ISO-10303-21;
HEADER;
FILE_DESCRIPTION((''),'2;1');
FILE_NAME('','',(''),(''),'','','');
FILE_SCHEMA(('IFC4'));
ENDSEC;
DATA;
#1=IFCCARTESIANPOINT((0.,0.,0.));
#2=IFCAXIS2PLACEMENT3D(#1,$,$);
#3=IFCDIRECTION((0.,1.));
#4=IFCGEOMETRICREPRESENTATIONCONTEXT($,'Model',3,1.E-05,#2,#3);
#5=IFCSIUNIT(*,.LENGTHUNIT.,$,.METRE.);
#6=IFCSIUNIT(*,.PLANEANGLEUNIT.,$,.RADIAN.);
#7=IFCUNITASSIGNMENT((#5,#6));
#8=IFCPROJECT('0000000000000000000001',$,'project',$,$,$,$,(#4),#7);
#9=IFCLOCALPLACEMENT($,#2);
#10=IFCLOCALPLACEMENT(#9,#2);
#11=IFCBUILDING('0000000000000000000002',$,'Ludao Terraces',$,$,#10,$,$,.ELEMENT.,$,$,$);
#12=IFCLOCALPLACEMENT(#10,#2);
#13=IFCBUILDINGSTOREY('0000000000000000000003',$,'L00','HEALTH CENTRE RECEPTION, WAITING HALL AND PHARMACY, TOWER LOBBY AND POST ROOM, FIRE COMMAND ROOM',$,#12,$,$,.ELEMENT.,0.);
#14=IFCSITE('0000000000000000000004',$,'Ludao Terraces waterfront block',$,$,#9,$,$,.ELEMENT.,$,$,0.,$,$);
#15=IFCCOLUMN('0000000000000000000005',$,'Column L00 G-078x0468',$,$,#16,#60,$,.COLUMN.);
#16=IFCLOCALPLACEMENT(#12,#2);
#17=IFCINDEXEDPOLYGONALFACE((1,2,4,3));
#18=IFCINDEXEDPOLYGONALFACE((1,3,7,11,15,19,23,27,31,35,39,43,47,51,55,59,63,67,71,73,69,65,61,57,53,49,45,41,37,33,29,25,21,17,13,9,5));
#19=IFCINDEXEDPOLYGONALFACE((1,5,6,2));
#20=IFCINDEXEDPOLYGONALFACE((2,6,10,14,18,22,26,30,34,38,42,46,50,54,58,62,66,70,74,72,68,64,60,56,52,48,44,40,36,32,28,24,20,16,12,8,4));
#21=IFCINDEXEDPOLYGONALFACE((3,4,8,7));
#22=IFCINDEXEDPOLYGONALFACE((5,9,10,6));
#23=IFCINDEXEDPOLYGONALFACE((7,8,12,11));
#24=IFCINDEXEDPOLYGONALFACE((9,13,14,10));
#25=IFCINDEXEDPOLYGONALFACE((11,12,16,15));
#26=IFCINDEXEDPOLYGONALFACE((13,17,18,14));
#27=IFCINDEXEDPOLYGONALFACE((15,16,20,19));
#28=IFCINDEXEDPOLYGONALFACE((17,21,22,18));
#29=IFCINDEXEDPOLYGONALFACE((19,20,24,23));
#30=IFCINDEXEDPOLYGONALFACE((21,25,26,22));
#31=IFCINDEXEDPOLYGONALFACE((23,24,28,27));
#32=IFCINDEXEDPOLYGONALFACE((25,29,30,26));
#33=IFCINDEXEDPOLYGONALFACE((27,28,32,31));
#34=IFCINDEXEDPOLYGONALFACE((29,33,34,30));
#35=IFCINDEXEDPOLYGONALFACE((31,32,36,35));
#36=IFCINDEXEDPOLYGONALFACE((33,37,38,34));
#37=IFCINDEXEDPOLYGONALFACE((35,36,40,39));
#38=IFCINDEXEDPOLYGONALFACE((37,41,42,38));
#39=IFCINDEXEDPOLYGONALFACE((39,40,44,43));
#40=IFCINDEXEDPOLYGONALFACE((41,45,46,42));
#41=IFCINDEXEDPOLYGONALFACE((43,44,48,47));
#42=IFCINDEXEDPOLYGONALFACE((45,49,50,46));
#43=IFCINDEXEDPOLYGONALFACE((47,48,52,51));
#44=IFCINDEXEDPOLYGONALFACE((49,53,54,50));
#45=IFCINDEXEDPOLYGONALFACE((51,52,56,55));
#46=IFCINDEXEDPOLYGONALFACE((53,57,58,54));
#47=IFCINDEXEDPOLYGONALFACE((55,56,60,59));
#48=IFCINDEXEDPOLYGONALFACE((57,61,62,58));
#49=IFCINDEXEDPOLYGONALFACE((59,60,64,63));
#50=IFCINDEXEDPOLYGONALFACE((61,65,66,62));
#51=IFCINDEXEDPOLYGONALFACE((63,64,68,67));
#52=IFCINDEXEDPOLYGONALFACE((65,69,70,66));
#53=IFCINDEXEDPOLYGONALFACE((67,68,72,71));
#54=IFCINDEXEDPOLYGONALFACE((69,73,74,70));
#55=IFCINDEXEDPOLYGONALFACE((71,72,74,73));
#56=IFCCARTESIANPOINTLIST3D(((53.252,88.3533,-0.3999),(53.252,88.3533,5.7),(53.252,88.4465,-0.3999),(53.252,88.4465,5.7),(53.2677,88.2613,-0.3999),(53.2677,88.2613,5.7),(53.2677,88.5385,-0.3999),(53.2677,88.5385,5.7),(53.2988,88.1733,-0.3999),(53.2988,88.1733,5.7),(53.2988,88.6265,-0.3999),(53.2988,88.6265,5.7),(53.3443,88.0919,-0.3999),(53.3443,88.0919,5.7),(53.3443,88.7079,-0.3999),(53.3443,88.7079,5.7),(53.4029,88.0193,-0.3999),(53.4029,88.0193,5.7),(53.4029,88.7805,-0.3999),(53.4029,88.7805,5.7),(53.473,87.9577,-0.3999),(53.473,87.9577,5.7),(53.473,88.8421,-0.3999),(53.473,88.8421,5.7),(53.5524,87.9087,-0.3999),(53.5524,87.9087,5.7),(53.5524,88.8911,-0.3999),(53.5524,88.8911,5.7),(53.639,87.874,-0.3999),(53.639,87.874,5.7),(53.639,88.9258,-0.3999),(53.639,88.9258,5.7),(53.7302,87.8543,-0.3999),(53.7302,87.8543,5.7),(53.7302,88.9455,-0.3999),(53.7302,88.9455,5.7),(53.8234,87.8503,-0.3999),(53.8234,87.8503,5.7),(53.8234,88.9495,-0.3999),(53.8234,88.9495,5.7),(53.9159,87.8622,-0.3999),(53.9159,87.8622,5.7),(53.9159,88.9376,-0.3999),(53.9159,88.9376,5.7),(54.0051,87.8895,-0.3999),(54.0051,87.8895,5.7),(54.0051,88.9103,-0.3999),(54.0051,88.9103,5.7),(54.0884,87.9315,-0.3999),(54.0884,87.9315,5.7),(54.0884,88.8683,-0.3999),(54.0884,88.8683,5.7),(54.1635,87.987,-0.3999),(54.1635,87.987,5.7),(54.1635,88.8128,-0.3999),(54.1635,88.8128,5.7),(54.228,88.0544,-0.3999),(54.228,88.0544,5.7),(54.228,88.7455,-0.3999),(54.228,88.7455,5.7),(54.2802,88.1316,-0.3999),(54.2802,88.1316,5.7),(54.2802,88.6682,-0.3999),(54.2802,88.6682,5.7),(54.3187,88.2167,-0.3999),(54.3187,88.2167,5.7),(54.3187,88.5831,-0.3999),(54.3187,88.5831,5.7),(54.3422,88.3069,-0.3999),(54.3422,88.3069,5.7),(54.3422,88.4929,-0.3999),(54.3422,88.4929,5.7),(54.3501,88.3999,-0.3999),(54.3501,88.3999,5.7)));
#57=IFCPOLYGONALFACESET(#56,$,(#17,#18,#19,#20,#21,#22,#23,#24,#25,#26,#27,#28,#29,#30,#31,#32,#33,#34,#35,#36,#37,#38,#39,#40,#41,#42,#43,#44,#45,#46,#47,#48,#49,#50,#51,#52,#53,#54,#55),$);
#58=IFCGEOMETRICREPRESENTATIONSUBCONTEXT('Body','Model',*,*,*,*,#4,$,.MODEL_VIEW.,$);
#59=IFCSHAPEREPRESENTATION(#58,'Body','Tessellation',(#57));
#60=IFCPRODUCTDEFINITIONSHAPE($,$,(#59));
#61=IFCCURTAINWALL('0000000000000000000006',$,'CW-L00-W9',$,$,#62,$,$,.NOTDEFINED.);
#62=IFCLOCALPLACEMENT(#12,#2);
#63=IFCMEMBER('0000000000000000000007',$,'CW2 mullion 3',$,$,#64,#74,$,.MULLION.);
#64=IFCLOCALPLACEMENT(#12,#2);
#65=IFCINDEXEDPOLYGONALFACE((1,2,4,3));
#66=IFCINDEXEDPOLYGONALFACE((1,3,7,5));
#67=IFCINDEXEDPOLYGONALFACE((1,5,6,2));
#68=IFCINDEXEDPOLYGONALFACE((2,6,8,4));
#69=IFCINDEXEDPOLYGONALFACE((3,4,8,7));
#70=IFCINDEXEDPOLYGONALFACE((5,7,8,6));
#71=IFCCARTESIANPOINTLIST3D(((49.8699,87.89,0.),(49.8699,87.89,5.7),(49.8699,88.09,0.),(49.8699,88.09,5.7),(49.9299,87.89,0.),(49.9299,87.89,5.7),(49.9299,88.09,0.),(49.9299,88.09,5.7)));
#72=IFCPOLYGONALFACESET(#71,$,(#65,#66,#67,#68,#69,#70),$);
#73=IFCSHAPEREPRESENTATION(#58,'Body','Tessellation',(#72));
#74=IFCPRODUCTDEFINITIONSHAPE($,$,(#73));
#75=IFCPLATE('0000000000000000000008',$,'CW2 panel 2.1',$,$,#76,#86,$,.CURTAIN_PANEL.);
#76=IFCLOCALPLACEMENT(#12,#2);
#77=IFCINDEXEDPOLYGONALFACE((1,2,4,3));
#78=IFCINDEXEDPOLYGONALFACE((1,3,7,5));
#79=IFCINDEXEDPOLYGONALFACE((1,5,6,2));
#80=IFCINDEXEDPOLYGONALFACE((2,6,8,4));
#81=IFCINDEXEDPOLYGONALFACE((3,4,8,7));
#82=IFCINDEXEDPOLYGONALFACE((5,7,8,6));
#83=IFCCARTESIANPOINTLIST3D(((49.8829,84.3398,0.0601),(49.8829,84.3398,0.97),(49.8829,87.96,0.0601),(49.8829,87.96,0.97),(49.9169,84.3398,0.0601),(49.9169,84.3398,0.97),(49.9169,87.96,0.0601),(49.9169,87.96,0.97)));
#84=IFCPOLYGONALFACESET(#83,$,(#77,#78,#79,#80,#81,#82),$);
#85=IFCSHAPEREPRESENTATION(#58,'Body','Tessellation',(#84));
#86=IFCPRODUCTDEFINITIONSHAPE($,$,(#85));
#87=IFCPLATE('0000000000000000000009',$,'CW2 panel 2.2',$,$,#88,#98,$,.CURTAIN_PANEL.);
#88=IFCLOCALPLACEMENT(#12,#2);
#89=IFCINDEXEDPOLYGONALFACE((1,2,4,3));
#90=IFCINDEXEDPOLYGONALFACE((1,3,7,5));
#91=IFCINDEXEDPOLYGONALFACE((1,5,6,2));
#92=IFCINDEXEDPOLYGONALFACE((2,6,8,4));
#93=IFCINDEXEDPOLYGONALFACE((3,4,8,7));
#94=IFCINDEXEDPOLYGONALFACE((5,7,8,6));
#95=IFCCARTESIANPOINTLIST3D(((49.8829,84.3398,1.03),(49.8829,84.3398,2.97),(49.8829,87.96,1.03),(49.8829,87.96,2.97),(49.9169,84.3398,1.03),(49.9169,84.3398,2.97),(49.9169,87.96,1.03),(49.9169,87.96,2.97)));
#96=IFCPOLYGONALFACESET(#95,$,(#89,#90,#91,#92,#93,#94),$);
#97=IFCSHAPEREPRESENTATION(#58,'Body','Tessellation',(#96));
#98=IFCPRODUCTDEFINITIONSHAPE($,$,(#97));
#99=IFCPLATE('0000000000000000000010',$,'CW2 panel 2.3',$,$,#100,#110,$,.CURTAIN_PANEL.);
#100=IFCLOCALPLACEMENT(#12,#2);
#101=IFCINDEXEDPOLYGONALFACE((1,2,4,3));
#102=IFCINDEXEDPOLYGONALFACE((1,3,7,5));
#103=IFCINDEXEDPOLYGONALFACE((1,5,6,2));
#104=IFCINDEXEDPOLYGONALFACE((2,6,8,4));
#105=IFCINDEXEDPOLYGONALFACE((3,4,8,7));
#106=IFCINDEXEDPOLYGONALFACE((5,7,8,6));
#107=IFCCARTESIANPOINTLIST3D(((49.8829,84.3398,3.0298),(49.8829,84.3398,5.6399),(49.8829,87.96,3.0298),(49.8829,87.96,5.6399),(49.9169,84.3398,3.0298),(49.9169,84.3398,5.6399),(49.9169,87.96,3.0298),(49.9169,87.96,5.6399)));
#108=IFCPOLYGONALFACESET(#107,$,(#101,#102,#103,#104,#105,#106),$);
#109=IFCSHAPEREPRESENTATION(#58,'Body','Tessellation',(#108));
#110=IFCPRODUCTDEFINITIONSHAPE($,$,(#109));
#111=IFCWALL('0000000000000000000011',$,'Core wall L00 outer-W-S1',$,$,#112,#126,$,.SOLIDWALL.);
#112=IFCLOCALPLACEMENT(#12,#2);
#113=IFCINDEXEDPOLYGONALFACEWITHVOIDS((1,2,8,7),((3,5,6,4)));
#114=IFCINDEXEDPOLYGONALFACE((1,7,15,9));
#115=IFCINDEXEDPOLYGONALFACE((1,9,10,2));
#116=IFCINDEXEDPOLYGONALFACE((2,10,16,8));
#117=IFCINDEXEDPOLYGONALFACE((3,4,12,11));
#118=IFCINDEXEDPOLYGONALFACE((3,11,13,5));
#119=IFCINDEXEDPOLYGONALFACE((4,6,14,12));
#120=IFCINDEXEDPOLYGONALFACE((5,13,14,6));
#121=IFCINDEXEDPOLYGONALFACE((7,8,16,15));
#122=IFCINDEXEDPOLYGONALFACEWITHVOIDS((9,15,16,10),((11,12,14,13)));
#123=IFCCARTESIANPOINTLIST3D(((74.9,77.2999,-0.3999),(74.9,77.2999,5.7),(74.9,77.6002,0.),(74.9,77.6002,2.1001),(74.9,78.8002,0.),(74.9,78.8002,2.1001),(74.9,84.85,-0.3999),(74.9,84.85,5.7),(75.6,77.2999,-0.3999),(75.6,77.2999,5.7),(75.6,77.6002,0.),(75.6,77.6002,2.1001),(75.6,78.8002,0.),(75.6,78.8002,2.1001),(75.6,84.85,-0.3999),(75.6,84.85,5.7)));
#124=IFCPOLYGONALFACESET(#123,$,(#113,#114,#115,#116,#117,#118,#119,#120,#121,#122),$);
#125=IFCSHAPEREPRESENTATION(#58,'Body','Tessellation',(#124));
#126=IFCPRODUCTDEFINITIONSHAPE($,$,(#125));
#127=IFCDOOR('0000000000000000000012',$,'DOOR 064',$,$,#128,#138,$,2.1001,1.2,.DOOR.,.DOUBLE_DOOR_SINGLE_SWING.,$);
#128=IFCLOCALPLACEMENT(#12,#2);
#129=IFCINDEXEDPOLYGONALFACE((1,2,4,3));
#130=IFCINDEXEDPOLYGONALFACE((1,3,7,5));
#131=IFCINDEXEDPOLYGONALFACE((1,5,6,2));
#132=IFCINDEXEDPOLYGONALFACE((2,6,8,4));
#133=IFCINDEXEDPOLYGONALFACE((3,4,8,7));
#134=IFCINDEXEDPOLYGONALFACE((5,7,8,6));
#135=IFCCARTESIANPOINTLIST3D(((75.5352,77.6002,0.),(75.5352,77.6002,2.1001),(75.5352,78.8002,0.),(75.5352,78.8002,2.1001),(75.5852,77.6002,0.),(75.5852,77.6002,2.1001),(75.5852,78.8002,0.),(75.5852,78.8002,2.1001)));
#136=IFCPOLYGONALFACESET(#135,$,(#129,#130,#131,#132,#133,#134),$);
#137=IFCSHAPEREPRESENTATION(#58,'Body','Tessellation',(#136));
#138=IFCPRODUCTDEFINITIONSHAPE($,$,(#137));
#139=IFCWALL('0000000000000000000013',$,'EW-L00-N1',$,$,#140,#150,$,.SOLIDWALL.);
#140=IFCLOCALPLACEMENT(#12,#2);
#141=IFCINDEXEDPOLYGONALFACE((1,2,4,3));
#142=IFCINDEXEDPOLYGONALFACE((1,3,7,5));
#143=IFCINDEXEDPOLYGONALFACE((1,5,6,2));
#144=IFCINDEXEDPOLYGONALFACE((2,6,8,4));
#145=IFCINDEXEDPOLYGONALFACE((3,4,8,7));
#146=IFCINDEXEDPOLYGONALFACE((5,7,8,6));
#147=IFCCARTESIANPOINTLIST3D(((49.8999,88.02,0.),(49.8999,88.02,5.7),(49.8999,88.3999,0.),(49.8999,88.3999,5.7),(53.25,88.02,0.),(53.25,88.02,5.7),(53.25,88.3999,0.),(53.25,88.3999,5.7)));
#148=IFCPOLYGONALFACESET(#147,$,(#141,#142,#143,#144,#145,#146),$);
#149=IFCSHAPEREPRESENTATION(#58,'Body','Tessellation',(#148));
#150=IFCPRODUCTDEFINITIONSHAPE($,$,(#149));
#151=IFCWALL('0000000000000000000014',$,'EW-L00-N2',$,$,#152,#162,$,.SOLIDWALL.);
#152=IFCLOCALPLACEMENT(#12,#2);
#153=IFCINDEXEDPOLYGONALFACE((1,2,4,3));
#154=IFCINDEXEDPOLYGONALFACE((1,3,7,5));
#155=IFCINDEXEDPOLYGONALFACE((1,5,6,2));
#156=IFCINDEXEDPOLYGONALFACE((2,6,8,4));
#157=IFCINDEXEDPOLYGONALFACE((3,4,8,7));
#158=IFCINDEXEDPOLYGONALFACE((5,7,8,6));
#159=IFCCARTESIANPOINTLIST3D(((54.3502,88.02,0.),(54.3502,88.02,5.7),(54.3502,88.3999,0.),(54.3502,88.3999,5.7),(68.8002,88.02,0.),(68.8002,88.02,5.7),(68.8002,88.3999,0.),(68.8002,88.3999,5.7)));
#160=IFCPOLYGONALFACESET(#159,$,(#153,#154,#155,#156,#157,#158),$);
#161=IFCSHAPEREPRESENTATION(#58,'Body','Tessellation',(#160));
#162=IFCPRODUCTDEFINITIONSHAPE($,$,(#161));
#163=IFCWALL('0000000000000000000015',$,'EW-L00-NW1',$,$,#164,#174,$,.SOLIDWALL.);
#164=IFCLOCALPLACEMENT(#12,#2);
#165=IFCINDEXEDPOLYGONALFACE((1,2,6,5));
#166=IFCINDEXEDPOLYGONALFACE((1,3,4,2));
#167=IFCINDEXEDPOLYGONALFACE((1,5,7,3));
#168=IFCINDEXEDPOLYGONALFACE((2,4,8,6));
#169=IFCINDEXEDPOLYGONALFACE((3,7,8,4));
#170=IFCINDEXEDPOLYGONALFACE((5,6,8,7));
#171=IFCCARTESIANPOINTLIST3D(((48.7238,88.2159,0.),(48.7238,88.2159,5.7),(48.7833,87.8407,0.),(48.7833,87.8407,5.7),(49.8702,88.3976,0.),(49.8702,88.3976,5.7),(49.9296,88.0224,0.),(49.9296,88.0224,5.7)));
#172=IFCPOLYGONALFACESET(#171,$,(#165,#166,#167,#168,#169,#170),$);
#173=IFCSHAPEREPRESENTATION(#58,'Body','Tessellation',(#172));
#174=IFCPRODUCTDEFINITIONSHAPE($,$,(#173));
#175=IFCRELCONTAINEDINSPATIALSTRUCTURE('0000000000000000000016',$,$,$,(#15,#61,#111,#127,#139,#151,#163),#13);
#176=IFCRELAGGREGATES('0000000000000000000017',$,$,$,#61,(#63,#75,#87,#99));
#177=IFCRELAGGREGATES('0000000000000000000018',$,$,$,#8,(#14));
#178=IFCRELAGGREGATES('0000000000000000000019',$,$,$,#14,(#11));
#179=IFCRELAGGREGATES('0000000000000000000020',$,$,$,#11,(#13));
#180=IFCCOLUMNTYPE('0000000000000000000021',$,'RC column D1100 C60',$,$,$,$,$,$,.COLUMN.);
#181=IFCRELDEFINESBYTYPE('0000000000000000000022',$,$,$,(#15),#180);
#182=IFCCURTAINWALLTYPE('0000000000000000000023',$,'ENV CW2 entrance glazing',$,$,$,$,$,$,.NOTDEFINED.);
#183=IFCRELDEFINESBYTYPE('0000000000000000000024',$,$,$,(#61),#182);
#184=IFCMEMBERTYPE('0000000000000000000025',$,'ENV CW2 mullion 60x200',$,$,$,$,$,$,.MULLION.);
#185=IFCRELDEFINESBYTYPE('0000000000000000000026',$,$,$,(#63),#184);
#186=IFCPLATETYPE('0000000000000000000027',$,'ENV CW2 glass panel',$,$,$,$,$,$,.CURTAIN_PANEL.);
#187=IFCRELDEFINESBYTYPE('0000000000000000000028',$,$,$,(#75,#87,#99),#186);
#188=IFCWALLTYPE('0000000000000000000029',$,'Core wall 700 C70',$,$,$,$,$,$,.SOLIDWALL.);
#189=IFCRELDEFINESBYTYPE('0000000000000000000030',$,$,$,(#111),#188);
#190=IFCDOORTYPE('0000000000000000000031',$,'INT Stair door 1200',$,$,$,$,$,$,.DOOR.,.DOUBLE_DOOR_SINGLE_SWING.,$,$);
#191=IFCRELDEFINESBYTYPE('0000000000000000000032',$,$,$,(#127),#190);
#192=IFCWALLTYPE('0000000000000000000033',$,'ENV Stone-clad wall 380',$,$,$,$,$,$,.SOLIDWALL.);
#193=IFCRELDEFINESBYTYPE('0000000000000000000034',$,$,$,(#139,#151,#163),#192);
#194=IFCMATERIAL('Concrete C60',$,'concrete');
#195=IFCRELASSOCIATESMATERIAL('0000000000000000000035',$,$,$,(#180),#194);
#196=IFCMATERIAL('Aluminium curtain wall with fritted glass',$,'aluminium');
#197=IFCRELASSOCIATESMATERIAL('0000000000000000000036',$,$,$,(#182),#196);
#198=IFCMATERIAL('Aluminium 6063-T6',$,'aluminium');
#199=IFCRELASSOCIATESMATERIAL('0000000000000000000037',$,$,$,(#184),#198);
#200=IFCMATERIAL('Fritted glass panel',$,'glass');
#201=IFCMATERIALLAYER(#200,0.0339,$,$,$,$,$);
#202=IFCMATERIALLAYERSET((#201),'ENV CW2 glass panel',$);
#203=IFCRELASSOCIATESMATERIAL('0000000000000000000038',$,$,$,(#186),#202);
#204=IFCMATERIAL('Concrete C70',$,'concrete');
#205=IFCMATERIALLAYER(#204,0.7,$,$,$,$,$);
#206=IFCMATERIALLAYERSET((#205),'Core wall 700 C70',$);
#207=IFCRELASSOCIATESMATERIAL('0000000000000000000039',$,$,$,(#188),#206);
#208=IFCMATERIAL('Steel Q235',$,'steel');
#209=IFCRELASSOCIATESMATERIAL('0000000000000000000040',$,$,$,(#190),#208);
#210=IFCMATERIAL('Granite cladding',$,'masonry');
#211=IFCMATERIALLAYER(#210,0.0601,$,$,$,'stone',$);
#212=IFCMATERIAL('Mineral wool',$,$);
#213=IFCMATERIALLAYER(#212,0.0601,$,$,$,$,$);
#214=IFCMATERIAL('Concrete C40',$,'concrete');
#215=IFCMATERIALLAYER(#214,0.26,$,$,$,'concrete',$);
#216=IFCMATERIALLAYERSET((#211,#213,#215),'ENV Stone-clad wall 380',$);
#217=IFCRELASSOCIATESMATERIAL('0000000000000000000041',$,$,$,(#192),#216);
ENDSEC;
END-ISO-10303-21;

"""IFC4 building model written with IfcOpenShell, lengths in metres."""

from ifc_helpers import new_model, si_unit, direction, frame, frame_2d, origin, origin_2d, place, context, subcontext, project, spatial, rectangle, circle, extrude, material, layer, layer_set, material_profile, profile_set, type_object, element, fill, aggregate, save


model = new_model("IFC4")

# Units and contexts
model_context = context("Model", 3, precision=1e-05, world=origin(), true_north=direction((0.0, 1.0)))
body_context = subcontext(model_context, "Body", "Model", "MODEL_VIEW")
ifc_project = project(units=[si_unit("LENGTHUNIT", "METRE"), si_unit("PLANEANGLEUNIT", "RADIAN")], contexts=[model_context])

# Site, building, storey
site_placement = place(None, origin())
site = spatial("IfcSite", under=ifc_project, at=site_placement, Name="Ludao Terraces waterfront block", CompositionType="ELEMENT", RefElevation=0.0)
building_placement = place(site_placement, origin())
building = spatial("IfcBuilding", under=site, at=building_placement, Name="Ludao Terraces", CompositionType="ELEMENT")
storey_placement = place(building_placement, origin())
storey = spatial("IfcBuildingStorey", under=building, at=storey_placement, Name="L00", Description="HEALTH CENTRE RECEPTION, WAITING HALL AND PHARMACY, TOWER LOBBY AND POST ROOM, FIRE COMMAND ROOM", CompositionType="ELEMENT", Elevation=0.0)

# Column
ifc_material_1 = material(Name="Concrete C60", Category="concrete")
ifc_material_profile_1 = material_profile(ifc_material_1, circle(Radius=0.55, at=origin_2d()), Name="D1100")
ifc_profile_set_1 = profile_set([ifc_material_profile_1], Name="Concrete C60")
column_type_1 = type_object("IfcColumnType", Name="RC column D1100 C60", PredefinedType="COLUMN", material=ifc_profile_set_1)
for number, where, z_axis, x_axis, name in (
    (1, (53.8, 88.3999, -0.3999), (0.0, 0.0, 1.0), (1.0, 0.0, 0.0), "Column L00 G-078x0468"),
):
    element("IfcColumn", number, at=place(storey_placement, frame(where, z_axis=z_axis, x_axis=x_axis)), inside=storey, type_object=column_type_1, Name=name, PredefinedType="COLUMN", context=body_context, shape_type="SweptSolid", body=[
        extrude(circle(Radius=0.55, at=origin_2d()), origin(), (0.0, 0.0, 1.0), 6.0999),
    ])

# Curtain wall, member, plates
ifc_material_2 = material(Name="Aluminium curtain wall with fritted glass", Category="aluminium")
curtain_wall_type = type_object("IfcCurtainWallType", Name="ENV CW2 entrance glazing", PredefinedType="NOTDEFINED", material=ifc_material_2)
curtain_wall_placement = place(storey_placement, origin())
curtain_wall = element("IfcCurtainWall", 2, at=curtain_wall_placement, inside=storey, type_object=curtain_wall_type, Name="CW-L00-W9", PredefinedType="NOTDEFINED")
ifc_material_3 = material(Name="Aluminium 6063-T6", Category="aluminium")
ifc_material_profile_2 = material_profile(ifc_material_3, rectangle(XDim=0.0601, YDim=0.2, at=origin_2d()), Name="60 X 200")
ifc_profile_set_2 = profile_set([ifc_material_profile_2], Name="Aluminium 6063-T6")
member_type = type_object("IfcMemberType", Name="ENV CW2 mullion 60x200", PredefinedType="MULLION", material=ifc_profile_set_2)
member_placement = place(storey_placement, frame((49.8999, 87.99, 0.0), z_axis=(0.0, 0.0, 1.0), x_axis=(-1.0, 0.0, 0.0)))
member = element("IfcMember", 3, at=member_placement, type_object=member_type, Name="CW2 mullion 3", PredefinedType="MULLION", context=body_context, shape_type="SweptSolid", body=[
    extrude(rectangle(XDim=0.0601, YDim=0.2, at=origin_2d()), origin(), (0.0, 0.0, 1.0), 5.7),
])
ifc_material_4 = material(Name="Fritted glass panel", Category="glass")
ifc_layer_1 = layer(ifc_material_4, 0.0339)
ifc_layer_set_1 = layer_set([ifc_layer_1], Name="ENV CW2 glass panel")
plate_type = type_object("IfcPlateType", Name="ENV CW2 glass panel", PredefinedType="CURTAIN_PANEL", material=ifc_layer_set_1)
plate_1_placement = place(storey_placement, frame((49.8999, 86.1499, 0.0601), z_axis=(0.0, 0.0, 1.0), x_axis=(0.0, 1.0, 0.0)))
plate_1 = element("IfcPlate", 4, at=plate_1_placement, type_object=plate_type, Name="CW2 panel 2.1", PredefinedType="CURTAIN_PANEL", context=body_context, shape_type="SweptSolid", body=[
    extrude(rectangle(XDim=3.6201, YDim=0.0339, at=origin_2d()), origin(), (0.0, 0.0, 1.0), 0.9099),
])
plate_2_placement = place(storey_placement, frame((49.8999, 86.1499, 1.03), z_axis=(0.0, 0.0, 1.0), x_axis=(0.0, 1.0, 0.0)))
plate_2 = element("IfcPlate", 5, at=plate_2_placement, type_object=plate_type, Name="CW2 panel 2.2", PredefinedType="CURTAIN_PANEL", context=body_context, shape_type="SweptSolid", body=[
    extrude(rectangle(XDim=3.6201, YDim=0.0339, at=origin_2d()), origin(), (0.0, 0.0, 1.0), 1.9399),
])
plate_3_placement = place(storey_placement, frame((49.8999, 86.1499, 3.0298), z_axis=(0.0, 0.0, 1.0), x_axis=(0.0, 1.0, 0.0)))
plate_3 = element("IfcPlate", 6, at=plate_3_placement, type_object=plate_type, Name="CW2 panel 2.3", PredefinedType="CURTAIN_PANEL", context=body_context, shape_type="SweptSolid", body=[
    extrude(rectangle(XDim=3.6201, YDim=0.0339, at=origin_2d()), origin(), (0.0, 0.0, 1.0), 2.6101),
])
aggregate(curtain_wall, [member, plate_1, plate_2, plate_3])

# Wall, opening, door
ifc_material_5 = material(Name="Concrete C70", Category="concrete")
ifc_layer_2 = layer(ifc_material_5, 0.7)
ifc_layer_set_2 = layer_set([ifc_layer_2], Name="Core wall 700 C70")
wall_type_1 = type_object("IfcWallType", Name="Core wall 700 C70", PredefinedType="SOLIDWALL", material=ifc_layer_set_2)
wall_1_placement = place(storey_placement, frame((75.25, 77.3, -0.3999), z_axis=(0.0, 0.0, 1.0), x_axis=(0.0, 1.0, 0.0)))
wall_1 = element("IfcWall", 7, at=wall_1_placement, inside=storey, type_object=wall_type_1, Name="Core wall L00 outer-W-S1", PredefinedType="SOLIDWALL", context=body_context, shape_type="SweptSolid", body=[
    extrude(rectangle(XDim=7.55, YDim=0.7, at=frame_2d((3.7749, 0.0))), origin(), (0.0, 0.0, 1.0), 6.0999),
])
opening_1_placement = place(wall_1_placement, frame((0.3, 0.0, 0.3999)))
opening_1 = element("IfcOpeningElement", 8, at=opening_1_placement, cuts=wall_1, PredefinedType="OPENING", context=body_context, shape_type="SweptSolid", body=[
    extrude(rectangle(XDim=1.2, YDim=2.1001, at=frame_2d((0.6001, 1.05))), frame((0.0, 0.3599, 0.0), z_axis=(0.0, -1.0, 0.0), x_axis=(1.0, 0.0, 0.0)), (0.0, 0.0, 1.0), 0.72),
])
ifc_material_6 = material(Name="Steel Q235", Category="steel")
door_type_1 = type_object("IfcDoorType", Name="INT Stair door 1200", OperationType="DOUBLE_DOOR_SINGLE_SWING", PredefinedType="DOOR", material=ifc_material_6)
door_1_placement = place(opening_1_placement, origin())
door_1 = element("IfcDoor", 9, at=door_1_placement, inside=storey, type_object=door_type_1, Name="DOOR 064", OperationType="DOUBLE_DOOR_SINGLE_SWING", OverallHeight=2.1001, OverallWidth=1.2, PredefinedType="DOOR", context=body_context, shape_type="SweptSolid", body=[
    extrude(rectangle(XDim=1.2, YDim=2.1001, at=frame_2d((0.6001, 1.05))), frame((0.0, -0.2852, 0.0), z_axis=(0.0, -1.0, 0.0), x_axis=(1.0, 0.0, 0.0)), (0.0, 0.0, 1.0), 0.05),
])
fill(opening_1, door_1)

# Walls
ifc_material_7 = material(Name="Granite cladding", Category="masonry")
ifc_layer_3 = layer(ifc_material_7, 0.0601, Category="stone")
ifc_material_8 = material(Name="Mineral wool")
ifc_layer_4 = layer(ifc_material_8, 0.0601)
ifc_material_9 = material(Name="Concrete C40", Category="concrete")
ifc_layer_5 = layer(ifc_material_9, 0.26, Category="concrete")
ifc_layer_set_3 = layer_set([ifc_layer_3, ifc_layer_4, ifc_layer_5], Name="ENV Stone-clad wall 380")
wall_type_2 = type_object("IfcWallType", Name="ENV Stone-clad wall 380", PredefinedType="SOLIDWALL", material=ifc_layer_set_3)
wall_2_placement = place(storey_placement, frame((49.8999, 88.21, 0.0), z_axis=(0.0, 0.0, 1.0), x_axis=(1.0, 0.0, 0.0)))
element("IfcWall", 10, at=wall_2_placement, inside=storey, type_object=wall_type_2, Name="EW-L00-N1", PredefinedType="SOLIDWALL", context=body_context, shape_type="SweptSolid", body=[
    extrude(rectangle(XDim=3.3501, YDim=0.3799, at=frame_2d((1.675, 0.0))), origin(), (0.0, 0.0, 1.0), 5.7),
])
wall_3_placement = place(storey_placement, frame((54.3501, 88.21, 0.0), z_axis=(0.0, 0.0, 1.0), x_axis=(1.0, 0.0, 0.0)))
element("IfcWall", 11, at=wall_3_placement, inside=storey, type_object=wall_type_2, Name="EW-L00-N2", PredefinedType="SOLIDWALL", context=body_context, shape_type="SweptSolid", body=[
    extrude(rectangle(XDim=14.45, YDim=0.3799, at=frame_2d((7.2251, 0.0))), origin(), (0.0, 0.0, 1.0), 5.7),
])

# Wall
wall_4_placement = place(storey_placement, frame((49.8999, 88.21, 0.0), z_axis=(0.0, 0.0, 1.0), x_axis=(-0.987676, -0.156513, 0.0)))
element("IfcWall", 12, at=wall_4_placement, inside=storey, type_object=wall_type_2, Name="EW-L00-NW1", PredefinedType="SOLIDWALL", context=body_context, shape_type="SweptSolid", body=[
    extrude(rectangle(XDim=1.1606, YDim=0.3799, at=frame_2d((0.5803, 0.0))), origin(), (0.0, 0.0, 1.0), 5.7),
])

save(model, "model.ifc")
